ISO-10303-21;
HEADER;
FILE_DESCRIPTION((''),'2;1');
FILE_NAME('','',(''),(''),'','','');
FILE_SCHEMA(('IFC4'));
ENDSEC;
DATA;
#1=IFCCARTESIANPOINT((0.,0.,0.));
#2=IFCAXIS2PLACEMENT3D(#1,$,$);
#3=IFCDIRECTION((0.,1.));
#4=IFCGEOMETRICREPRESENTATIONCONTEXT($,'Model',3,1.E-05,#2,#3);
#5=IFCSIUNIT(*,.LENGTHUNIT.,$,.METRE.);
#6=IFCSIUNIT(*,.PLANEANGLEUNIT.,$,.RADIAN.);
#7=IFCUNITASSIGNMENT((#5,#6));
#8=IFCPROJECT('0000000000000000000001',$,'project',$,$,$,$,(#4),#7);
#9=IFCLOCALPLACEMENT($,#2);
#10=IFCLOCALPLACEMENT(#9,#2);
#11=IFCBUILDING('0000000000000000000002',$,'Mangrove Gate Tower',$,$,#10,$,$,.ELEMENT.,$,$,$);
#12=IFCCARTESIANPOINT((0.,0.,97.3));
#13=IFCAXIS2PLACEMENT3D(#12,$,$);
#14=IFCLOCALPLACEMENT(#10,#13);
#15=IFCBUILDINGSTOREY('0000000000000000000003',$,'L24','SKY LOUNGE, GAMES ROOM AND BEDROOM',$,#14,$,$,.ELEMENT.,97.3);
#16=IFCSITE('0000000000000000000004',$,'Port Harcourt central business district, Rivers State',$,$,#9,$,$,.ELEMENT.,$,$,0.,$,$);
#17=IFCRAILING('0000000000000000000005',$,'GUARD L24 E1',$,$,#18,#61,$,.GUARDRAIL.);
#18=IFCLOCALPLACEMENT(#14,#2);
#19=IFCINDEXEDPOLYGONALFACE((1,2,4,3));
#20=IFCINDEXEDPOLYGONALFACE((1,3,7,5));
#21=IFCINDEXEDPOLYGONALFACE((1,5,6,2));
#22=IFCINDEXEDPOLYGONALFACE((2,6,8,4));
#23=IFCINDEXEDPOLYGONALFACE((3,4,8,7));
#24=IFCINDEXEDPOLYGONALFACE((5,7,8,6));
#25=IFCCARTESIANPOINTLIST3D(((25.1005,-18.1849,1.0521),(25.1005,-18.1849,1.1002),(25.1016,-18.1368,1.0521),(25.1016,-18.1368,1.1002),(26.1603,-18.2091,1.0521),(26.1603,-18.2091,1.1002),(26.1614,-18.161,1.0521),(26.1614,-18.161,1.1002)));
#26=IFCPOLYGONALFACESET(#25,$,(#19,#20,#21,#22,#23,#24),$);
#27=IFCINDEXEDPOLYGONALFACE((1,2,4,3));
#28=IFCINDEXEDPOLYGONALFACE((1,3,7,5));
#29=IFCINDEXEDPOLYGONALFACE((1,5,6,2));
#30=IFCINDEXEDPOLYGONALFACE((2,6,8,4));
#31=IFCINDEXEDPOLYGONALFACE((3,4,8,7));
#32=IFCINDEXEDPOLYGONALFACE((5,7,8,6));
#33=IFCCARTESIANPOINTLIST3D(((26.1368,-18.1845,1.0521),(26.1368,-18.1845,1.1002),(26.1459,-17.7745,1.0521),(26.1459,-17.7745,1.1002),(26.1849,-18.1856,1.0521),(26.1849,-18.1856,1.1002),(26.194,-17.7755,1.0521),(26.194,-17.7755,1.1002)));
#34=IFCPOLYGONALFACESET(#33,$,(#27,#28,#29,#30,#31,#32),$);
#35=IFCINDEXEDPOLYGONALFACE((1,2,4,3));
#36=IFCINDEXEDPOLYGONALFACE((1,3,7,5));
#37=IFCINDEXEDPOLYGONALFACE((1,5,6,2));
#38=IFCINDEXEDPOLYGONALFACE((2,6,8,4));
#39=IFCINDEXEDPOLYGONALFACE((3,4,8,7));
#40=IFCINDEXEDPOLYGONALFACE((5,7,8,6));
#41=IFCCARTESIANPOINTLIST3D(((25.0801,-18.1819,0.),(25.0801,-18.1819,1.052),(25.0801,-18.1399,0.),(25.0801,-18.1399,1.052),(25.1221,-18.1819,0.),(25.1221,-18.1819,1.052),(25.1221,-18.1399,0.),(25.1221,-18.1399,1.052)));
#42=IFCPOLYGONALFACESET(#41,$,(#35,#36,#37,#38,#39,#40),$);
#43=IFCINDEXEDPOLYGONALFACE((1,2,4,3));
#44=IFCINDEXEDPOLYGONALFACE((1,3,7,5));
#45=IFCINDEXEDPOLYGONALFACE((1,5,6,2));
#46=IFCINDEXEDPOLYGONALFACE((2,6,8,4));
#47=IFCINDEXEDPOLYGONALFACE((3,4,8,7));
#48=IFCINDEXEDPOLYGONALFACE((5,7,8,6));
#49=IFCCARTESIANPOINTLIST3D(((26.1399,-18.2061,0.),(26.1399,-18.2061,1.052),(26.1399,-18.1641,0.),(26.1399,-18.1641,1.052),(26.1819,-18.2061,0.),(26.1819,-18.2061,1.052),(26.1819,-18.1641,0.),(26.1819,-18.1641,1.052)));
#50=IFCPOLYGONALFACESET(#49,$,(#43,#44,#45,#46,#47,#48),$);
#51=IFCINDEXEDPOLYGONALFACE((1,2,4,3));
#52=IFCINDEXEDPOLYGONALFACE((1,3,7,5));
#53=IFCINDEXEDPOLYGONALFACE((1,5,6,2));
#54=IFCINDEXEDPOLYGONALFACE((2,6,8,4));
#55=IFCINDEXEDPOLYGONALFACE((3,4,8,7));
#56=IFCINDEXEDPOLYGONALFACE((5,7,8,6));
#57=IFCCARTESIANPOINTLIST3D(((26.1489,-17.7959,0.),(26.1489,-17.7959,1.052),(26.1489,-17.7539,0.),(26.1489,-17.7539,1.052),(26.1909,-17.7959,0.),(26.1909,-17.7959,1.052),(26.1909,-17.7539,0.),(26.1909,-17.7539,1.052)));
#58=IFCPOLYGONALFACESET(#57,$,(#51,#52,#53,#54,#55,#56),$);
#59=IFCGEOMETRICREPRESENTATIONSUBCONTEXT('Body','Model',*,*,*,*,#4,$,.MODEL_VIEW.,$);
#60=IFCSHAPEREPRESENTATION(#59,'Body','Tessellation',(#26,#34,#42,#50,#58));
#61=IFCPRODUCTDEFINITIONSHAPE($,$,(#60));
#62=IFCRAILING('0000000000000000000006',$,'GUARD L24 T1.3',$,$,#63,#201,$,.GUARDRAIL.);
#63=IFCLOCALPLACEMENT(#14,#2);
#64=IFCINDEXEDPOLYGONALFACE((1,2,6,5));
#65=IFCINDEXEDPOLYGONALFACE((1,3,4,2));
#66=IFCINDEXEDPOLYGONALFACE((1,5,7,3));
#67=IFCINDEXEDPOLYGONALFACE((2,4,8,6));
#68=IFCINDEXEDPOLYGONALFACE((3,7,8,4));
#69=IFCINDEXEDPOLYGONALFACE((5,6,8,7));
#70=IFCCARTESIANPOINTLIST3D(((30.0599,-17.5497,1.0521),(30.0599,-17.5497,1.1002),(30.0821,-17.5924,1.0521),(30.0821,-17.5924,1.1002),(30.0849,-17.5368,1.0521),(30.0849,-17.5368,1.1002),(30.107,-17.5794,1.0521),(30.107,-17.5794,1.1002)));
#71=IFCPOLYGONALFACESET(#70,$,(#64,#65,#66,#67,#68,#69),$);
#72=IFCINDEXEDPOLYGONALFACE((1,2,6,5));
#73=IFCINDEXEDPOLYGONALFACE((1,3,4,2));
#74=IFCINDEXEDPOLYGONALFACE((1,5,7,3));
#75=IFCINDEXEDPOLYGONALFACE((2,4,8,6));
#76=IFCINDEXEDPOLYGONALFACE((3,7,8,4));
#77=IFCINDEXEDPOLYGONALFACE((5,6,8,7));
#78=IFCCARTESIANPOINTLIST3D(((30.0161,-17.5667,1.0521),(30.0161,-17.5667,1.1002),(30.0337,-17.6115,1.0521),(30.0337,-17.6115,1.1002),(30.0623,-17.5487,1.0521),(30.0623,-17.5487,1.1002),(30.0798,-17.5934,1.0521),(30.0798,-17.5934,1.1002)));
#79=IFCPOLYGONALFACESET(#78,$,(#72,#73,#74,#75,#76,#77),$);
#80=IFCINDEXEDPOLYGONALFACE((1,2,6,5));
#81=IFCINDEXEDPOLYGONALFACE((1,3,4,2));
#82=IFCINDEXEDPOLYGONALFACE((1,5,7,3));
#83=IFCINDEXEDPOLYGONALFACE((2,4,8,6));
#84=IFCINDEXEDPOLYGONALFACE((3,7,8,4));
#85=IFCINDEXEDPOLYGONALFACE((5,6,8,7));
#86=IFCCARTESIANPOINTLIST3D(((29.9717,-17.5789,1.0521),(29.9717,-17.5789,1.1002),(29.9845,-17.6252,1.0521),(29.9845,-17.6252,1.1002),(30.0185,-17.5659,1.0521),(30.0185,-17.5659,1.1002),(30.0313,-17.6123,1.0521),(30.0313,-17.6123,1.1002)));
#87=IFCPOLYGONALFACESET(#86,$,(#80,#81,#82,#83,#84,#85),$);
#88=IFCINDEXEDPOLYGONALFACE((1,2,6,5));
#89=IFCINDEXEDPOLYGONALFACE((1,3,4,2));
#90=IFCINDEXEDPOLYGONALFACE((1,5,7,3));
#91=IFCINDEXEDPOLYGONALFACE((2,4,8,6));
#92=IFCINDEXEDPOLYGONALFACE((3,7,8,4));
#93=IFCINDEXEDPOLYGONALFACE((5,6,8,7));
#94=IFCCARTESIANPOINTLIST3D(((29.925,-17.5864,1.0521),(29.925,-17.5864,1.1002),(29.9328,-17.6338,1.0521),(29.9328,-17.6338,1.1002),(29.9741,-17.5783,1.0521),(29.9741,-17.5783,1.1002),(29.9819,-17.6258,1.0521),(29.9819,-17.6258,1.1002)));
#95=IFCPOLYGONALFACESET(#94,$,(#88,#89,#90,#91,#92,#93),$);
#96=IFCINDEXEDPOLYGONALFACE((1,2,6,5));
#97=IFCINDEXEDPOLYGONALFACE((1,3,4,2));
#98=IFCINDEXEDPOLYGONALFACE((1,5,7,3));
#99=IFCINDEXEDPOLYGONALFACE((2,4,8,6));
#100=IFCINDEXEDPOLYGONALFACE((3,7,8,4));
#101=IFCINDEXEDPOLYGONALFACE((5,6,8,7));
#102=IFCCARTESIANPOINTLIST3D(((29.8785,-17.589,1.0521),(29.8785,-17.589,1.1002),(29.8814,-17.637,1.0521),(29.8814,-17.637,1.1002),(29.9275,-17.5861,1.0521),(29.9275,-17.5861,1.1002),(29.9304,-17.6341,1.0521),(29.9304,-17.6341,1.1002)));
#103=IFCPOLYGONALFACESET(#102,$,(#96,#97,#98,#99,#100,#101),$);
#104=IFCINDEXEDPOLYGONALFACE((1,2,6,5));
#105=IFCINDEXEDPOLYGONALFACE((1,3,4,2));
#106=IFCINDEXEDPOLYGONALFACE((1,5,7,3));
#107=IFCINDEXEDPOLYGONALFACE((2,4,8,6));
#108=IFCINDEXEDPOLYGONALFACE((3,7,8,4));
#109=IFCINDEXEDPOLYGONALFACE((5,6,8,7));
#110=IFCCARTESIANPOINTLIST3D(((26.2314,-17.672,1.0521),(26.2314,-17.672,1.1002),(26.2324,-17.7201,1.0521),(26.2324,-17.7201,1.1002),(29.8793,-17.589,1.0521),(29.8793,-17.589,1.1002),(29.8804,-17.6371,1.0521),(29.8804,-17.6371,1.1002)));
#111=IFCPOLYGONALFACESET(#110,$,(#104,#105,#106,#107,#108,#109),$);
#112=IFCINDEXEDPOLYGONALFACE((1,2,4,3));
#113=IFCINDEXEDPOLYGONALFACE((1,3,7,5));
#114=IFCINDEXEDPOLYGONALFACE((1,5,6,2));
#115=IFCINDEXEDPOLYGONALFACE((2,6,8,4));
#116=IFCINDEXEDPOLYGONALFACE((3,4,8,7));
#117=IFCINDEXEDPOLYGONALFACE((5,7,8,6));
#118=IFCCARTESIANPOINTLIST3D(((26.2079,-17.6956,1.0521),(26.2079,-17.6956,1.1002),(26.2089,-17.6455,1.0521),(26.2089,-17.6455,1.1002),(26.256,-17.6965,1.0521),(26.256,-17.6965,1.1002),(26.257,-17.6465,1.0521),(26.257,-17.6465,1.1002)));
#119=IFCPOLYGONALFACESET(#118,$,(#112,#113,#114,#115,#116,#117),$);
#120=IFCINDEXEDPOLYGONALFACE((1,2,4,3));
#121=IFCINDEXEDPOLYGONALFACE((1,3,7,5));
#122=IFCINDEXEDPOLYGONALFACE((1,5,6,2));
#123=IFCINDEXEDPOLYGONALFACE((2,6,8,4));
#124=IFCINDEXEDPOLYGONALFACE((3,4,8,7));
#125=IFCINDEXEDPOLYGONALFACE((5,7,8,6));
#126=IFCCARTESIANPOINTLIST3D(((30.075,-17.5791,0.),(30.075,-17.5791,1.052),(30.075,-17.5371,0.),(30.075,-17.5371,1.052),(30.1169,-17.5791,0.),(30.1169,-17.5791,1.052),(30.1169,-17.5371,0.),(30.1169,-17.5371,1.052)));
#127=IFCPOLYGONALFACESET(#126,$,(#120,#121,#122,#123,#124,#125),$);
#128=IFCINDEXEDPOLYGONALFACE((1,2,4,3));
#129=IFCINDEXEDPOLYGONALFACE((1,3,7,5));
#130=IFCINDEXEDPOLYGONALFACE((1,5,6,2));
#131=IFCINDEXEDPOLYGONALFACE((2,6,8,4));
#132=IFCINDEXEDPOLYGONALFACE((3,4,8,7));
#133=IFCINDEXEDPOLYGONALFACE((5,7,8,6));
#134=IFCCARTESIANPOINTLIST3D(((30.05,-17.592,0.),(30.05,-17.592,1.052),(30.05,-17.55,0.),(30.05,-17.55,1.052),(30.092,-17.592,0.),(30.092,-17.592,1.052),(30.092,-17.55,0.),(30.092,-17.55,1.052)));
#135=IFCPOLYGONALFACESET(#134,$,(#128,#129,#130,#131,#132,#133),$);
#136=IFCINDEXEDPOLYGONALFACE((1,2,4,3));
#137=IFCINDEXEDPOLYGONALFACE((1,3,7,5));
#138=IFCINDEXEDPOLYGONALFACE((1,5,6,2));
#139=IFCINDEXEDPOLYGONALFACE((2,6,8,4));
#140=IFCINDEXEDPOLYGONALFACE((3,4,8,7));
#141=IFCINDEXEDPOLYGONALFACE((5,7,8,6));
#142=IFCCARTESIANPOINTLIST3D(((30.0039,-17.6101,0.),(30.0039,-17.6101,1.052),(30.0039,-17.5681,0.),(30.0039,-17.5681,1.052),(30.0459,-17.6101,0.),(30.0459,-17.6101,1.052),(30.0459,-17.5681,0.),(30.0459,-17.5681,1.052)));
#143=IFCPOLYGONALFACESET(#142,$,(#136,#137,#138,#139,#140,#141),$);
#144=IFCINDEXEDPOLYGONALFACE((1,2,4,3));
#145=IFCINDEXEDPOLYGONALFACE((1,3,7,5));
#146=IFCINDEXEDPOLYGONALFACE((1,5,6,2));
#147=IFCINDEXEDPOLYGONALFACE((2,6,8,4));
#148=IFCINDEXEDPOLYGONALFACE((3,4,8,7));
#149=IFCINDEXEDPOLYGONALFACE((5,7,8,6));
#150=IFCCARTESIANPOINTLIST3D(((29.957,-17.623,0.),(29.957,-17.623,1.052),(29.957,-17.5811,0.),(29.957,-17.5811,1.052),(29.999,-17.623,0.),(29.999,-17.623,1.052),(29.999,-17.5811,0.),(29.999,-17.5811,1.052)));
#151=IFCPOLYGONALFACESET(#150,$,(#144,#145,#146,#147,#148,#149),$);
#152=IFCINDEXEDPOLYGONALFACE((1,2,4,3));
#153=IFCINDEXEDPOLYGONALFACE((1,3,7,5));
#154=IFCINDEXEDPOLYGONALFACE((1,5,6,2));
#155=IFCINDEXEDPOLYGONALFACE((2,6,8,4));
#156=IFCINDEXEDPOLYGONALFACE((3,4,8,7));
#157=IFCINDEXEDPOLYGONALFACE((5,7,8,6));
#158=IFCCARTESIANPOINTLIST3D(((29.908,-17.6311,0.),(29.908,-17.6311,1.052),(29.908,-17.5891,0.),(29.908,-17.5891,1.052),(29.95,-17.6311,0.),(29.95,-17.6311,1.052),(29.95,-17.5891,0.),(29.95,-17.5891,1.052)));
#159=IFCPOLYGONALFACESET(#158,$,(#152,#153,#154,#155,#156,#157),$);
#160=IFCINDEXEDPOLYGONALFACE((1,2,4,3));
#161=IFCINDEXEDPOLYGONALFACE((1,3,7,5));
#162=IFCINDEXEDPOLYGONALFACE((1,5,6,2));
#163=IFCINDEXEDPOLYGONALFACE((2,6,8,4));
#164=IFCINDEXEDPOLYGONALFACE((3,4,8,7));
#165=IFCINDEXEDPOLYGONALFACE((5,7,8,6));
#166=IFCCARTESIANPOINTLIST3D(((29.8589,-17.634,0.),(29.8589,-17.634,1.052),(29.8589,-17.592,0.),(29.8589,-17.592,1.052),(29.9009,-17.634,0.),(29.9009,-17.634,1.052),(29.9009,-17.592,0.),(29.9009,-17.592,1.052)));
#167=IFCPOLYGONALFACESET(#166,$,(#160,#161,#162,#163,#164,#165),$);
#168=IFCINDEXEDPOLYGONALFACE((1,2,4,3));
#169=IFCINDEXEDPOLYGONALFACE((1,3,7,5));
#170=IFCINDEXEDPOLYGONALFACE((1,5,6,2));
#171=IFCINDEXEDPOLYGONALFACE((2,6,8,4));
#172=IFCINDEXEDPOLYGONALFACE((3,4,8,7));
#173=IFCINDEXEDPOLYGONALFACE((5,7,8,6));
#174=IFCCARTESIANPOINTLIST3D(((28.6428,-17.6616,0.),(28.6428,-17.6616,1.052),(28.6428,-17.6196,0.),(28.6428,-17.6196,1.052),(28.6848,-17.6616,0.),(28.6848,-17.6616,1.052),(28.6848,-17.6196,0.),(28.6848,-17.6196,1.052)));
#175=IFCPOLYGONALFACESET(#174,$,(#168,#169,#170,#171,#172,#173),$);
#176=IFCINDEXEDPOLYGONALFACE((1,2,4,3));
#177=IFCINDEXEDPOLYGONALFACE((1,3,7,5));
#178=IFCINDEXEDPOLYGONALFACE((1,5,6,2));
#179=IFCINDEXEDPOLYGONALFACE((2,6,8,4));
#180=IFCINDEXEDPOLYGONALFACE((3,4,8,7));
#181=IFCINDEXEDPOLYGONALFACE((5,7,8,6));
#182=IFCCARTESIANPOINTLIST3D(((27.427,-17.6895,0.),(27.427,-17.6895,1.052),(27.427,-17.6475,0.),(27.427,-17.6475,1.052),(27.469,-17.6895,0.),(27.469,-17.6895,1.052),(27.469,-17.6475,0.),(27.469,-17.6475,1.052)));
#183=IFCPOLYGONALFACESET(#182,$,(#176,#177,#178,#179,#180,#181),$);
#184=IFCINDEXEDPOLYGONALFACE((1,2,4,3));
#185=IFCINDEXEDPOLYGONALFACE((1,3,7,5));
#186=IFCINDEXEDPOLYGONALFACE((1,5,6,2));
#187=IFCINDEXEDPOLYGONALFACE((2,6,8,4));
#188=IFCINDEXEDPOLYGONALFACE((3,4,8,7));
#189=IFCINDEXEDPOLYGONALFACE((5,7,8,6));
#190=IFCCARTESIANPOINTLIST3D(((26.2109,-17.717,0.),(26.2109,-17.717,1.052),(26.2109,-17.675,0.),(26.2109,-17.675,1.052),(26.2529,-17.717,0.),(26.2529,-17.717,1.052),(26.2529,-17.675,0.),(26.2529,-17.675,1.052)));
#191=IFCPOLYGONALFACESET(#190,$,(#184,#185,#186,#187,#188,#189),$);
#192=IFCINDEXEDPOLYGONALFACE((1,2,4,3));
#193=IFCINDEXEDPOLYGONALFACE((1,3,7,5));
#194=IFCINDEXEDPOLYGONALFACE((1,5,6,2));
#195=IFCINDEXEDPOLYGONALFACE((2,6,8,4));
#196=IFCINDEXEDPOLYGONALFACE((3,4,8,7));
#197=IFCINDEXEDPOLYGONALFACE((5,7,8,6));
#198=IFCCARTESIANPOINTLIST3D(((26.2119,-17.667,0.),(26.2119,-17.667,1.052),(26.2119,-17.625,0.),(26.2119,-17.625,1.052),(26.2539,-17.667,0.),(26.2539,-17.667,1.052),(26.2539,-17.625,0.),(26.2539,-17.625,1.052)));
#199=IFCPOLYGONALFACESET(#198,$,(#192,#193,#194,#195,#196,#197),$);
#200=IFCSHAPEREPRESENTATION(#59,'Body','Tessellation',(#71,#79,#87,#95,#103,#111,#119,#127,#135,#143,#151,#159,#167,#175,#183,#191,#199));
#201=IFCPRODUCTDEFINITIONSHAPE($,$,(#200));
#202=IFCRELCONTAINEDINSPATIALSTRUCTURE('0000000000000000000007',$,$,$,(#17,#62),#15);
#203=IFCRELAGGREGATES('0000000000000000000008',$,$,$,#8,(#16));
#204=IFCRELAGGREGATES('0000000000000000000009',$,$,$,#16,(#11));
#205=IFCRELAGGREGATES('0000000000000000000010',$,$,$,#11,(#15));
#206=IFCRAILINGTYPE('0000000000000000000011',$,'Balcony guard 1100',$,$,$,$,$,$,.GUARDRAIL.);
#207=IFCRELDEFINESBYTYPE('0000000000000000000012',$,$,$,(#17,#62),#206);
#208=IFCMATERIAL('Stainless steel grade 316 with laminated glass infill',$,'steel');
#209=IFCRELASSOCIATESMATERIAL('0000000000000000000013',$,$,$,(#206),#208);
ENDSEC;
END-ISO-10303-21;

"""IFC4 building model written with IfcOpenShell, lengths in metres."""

from ifc_helpers import new_model, si_unit, direction, frame, origin, origin_2d, place, context, subcontext, project, spatial, rectangle, extrude, material, type_object, element, save


model = new_model("IFC4")

# Units and contexts
model_context = context("Model", 3, precision=1e-05, world=origin(), true_north=direction((0.0, 1.0)))
body_context = subcontext(model_context, "Body", "Model", "MODEL_VIEW")
ifc_project = project(units=[si_unit("LENGTHUNIT", "METRE"), si_unit("PLANEANGLEUNIT", "RADIAN")], contexts=[model_context])

# Site, building, storey
site_placement = place(None, origin())
site = spatial("IfcSite", under=ifc_project, at=site_placement, Name="Port Harcourt central business district, Rivers State", CompositionType="ELEMENT", RefElevation=0.0)
building_placement = place(site_placement, origin())
building = spatial("IfcBuilding", under=site, at=building_placement, Name="Mangrove Gate Tower", CompositionType="ELEMENT")
storey_placement = place(building_placement, frame((0.0, 0.0, 97.3)))
storey = spatial("IfcBuildingStorey", under=building, at=storey_placement, Name="L24", Description="SKY LOUNGE, GAMES ROOM AND BEDROOM", CompositionType="ELEMENT", Elevation=97.3)

# Railings
ifc_material_1 = material(Name="Stainless steel grade 316 with laminated glass infill", Category="steel")
railing_type = type_object("IfcRailingType", Name="Balcony guard 1100", PredefinedType="GUARDRAIL", material=ifc_material_1)
railing_1_placement = place(storey_placement, frame((25.1011, -18.1609, 0.0)))
element("IfcRailing", 1, at=railing_1_placement, inside=storey, type_object=railing_type, Name="GUARD L24 E1", PredefinedType="GUARDRAIL", context=body_context, shape_type="SweptSolid", body=[
    extrude(rectangle(XDim=0.0481, YDim=0.0481, at=origin_2d()), frame((0.0, 0.0, 1.0762), z_axis=(0.99974, -0.0228, 0.0), x_axis=(0.0228, 0.99974, 0.0)), (0.0, 0.0, 1.0), 1.0601),
    extrude(rectangle(XDim=0.0481, YDim=0.0481, at=origin_2d()), frame((1.0598, -0.0242, 1.0762), z_axis=(0.022018, 0.999758, 0.0), x_axis=(-0.999758, 0.022018, 0.0)), (0.0, 0.0, 1.0), 0.4102),
    extrude(rectangle(XDim=0.042, YDim=0.042, at=origin_2d()), origin(), (0.0, 0.0, 1.0), 1.052),
    extrude(rectangle(XDim=0.042, YDim=0.042, at=origin_2d()), frame((1.0598, -0.0242, 0.0)), (0.0, 0.0, 1.0), 1.052),
    extrude(rectangle(XDim=0.042, YDim=0.042, at=origin_2d()), frame((1.0688, 0.386, 0.0)), (0.0, 0.0, 1.0), 1.052),
])
railing_2_placement = place(storey_placement, frame((30.0959, -17.5581, 0.0)))
element("IfcRailing", 2, at=railing_2_placement, inside=storey, type_object=railing_type, Name="GUARD L24 T1.3", PredefinedType="GUARDRAIL", context=body_context, shape_type="SweptSolid", body=[
    extrude(rectangle(XDim=0.0481, YDim=0.0481, at=origin_2d()), frame((0.0, 0.0, 1.0762), z_axis=(-0.887359, -0.461079, 0.0), x_axis=(0.461079, -0.887359, 0.0)), (0.0, 0.0, 1.0), 0.0281),
    extrude(rectangle(XDim=0.0481, YDim=0.0481, at=origin_2d()), frame((-0.0249, -0.0129, 1.0762), z_axis=(-0.93117, -0.364585, 0.0), x_axis=(0.364585, -0.93117, 0.0)), (0.0, 0.0, 1.0), 0.0496),
    extrude(rectangle(XDim=0.0481, YDim=0.0481, at=origin_2d()), frame((-0.071, -0.031, 1.0762), z_axis=(-0.963948, -0.26609, 0.0), x_axis=(0.26609, -0.963948, 0.0)), (0.0, 0.0, 1.0), 0.0486),
    extrude(rectangle(XDim=0.0481, YDim=0.0481, at=origin_2d()), frame((-0.1179, -0.0439, 1.0762), z_axis=(-0.986789, -0.16201, 0.0), x_axis=(0.16201, -0.986789, 0.0)), (0.0, 0.0, 1.0), 0.0498),
    extrude(rectangle(XDim=0.0481, YDim=0.0481, at=origin_2d()), frame((-0.167, -0.052, 1.0762), z_axis=(-0.998223, -0.059595, 0.0), x_axis=(0.059595, -0.998223, 0.0)), (0.0, 0.0, 1.0), 0.0491),
    extrude(rectangle(XDim=0.0481, YDim=0.0481, at=origin_2d()), frame((-0.2161, -0.0549, 1.0762), z_axis=(-0.999741, -0.022749, 0.0), x_axis=(0.022749, -0.999741, 0.0)), (0.0, 0.0, 1.0), 3.6489),
    extrude(rectangle(XDim=0.0481, YDim=0.0481, at=origin_2d()), frame((-3.864, -0.1379, 1.0762), z_axis=(0.019508, 0.99981, 0.0), x_axis=(-0.99981, 0.019508, 0.0)), (0.0, 0.0, 1.0), 0.05),
    extrude(rectangle(XDim=0.042, YDim=0.042, at=origin_2d()), origin(), (0.0, 0.0, 1.0), 1.052),
    extrude(rectangle(XDim=0.042, YDim=0.042, at=origin_2d()), frame((-0.0249, -0.0129, 0.0)), (0.0, 0.0, 1.0), 1.052),
    extrude(rectangle(XDim=0.042, YDim=0.042, at=origin_2d()), frame((-0.071, -0.031, 0.0)), (0.0, 0.0, 1.0), 1.052),
    extrude(rectangle(XDim=0.042, YDim=0.042, at=origin_2d()), frame((-0.1179, -0.0439, 0.0)), (0.0, 0.0, 1.0), 1.052),
    extrude(rectangle(XDim=0.042, YDim=0.042, at=origin_2d()), frame((-0.167, -0.052, 0.0)), (0.0, 0.0, 1.0), 1.052),
    extrude(rectangle(XDim=0.042, YDim=0.042, at=origin_2d()), frame((-0.2161, -0.0549, 0.0)), (0.0, 0.0, 1.0), 1.052),
    extrude(rectangle(XDim=0.042, YDim=0.042, at=origin_2d()), frame((-1.4321, -0.0825, 0.0)), (0.0, 0.0, 1.0), 1.052),
    extrude(rectangle(XDim=0.042, YDim=0.042, at=origin_2d()), frame((-2.6479, -0.1104, 0.0)), (0.0, 0.0, 1.0), 1.052),
    extrude(rectangle(XDim=0.042, YDim=0.042, at=origin_2d()), frame((-3.864, -0.1379, 0.0)), (0.0, 0.0, 1.0), 1.052),
    extrude(rectangle(XDim=0.042, YDim=0.042, at=origin_2d()), frame((-3.863, -0.0879, 0.0)), (0.0, 0.0, 1.0), 1.052),
])

save(model, "model.ifc")
